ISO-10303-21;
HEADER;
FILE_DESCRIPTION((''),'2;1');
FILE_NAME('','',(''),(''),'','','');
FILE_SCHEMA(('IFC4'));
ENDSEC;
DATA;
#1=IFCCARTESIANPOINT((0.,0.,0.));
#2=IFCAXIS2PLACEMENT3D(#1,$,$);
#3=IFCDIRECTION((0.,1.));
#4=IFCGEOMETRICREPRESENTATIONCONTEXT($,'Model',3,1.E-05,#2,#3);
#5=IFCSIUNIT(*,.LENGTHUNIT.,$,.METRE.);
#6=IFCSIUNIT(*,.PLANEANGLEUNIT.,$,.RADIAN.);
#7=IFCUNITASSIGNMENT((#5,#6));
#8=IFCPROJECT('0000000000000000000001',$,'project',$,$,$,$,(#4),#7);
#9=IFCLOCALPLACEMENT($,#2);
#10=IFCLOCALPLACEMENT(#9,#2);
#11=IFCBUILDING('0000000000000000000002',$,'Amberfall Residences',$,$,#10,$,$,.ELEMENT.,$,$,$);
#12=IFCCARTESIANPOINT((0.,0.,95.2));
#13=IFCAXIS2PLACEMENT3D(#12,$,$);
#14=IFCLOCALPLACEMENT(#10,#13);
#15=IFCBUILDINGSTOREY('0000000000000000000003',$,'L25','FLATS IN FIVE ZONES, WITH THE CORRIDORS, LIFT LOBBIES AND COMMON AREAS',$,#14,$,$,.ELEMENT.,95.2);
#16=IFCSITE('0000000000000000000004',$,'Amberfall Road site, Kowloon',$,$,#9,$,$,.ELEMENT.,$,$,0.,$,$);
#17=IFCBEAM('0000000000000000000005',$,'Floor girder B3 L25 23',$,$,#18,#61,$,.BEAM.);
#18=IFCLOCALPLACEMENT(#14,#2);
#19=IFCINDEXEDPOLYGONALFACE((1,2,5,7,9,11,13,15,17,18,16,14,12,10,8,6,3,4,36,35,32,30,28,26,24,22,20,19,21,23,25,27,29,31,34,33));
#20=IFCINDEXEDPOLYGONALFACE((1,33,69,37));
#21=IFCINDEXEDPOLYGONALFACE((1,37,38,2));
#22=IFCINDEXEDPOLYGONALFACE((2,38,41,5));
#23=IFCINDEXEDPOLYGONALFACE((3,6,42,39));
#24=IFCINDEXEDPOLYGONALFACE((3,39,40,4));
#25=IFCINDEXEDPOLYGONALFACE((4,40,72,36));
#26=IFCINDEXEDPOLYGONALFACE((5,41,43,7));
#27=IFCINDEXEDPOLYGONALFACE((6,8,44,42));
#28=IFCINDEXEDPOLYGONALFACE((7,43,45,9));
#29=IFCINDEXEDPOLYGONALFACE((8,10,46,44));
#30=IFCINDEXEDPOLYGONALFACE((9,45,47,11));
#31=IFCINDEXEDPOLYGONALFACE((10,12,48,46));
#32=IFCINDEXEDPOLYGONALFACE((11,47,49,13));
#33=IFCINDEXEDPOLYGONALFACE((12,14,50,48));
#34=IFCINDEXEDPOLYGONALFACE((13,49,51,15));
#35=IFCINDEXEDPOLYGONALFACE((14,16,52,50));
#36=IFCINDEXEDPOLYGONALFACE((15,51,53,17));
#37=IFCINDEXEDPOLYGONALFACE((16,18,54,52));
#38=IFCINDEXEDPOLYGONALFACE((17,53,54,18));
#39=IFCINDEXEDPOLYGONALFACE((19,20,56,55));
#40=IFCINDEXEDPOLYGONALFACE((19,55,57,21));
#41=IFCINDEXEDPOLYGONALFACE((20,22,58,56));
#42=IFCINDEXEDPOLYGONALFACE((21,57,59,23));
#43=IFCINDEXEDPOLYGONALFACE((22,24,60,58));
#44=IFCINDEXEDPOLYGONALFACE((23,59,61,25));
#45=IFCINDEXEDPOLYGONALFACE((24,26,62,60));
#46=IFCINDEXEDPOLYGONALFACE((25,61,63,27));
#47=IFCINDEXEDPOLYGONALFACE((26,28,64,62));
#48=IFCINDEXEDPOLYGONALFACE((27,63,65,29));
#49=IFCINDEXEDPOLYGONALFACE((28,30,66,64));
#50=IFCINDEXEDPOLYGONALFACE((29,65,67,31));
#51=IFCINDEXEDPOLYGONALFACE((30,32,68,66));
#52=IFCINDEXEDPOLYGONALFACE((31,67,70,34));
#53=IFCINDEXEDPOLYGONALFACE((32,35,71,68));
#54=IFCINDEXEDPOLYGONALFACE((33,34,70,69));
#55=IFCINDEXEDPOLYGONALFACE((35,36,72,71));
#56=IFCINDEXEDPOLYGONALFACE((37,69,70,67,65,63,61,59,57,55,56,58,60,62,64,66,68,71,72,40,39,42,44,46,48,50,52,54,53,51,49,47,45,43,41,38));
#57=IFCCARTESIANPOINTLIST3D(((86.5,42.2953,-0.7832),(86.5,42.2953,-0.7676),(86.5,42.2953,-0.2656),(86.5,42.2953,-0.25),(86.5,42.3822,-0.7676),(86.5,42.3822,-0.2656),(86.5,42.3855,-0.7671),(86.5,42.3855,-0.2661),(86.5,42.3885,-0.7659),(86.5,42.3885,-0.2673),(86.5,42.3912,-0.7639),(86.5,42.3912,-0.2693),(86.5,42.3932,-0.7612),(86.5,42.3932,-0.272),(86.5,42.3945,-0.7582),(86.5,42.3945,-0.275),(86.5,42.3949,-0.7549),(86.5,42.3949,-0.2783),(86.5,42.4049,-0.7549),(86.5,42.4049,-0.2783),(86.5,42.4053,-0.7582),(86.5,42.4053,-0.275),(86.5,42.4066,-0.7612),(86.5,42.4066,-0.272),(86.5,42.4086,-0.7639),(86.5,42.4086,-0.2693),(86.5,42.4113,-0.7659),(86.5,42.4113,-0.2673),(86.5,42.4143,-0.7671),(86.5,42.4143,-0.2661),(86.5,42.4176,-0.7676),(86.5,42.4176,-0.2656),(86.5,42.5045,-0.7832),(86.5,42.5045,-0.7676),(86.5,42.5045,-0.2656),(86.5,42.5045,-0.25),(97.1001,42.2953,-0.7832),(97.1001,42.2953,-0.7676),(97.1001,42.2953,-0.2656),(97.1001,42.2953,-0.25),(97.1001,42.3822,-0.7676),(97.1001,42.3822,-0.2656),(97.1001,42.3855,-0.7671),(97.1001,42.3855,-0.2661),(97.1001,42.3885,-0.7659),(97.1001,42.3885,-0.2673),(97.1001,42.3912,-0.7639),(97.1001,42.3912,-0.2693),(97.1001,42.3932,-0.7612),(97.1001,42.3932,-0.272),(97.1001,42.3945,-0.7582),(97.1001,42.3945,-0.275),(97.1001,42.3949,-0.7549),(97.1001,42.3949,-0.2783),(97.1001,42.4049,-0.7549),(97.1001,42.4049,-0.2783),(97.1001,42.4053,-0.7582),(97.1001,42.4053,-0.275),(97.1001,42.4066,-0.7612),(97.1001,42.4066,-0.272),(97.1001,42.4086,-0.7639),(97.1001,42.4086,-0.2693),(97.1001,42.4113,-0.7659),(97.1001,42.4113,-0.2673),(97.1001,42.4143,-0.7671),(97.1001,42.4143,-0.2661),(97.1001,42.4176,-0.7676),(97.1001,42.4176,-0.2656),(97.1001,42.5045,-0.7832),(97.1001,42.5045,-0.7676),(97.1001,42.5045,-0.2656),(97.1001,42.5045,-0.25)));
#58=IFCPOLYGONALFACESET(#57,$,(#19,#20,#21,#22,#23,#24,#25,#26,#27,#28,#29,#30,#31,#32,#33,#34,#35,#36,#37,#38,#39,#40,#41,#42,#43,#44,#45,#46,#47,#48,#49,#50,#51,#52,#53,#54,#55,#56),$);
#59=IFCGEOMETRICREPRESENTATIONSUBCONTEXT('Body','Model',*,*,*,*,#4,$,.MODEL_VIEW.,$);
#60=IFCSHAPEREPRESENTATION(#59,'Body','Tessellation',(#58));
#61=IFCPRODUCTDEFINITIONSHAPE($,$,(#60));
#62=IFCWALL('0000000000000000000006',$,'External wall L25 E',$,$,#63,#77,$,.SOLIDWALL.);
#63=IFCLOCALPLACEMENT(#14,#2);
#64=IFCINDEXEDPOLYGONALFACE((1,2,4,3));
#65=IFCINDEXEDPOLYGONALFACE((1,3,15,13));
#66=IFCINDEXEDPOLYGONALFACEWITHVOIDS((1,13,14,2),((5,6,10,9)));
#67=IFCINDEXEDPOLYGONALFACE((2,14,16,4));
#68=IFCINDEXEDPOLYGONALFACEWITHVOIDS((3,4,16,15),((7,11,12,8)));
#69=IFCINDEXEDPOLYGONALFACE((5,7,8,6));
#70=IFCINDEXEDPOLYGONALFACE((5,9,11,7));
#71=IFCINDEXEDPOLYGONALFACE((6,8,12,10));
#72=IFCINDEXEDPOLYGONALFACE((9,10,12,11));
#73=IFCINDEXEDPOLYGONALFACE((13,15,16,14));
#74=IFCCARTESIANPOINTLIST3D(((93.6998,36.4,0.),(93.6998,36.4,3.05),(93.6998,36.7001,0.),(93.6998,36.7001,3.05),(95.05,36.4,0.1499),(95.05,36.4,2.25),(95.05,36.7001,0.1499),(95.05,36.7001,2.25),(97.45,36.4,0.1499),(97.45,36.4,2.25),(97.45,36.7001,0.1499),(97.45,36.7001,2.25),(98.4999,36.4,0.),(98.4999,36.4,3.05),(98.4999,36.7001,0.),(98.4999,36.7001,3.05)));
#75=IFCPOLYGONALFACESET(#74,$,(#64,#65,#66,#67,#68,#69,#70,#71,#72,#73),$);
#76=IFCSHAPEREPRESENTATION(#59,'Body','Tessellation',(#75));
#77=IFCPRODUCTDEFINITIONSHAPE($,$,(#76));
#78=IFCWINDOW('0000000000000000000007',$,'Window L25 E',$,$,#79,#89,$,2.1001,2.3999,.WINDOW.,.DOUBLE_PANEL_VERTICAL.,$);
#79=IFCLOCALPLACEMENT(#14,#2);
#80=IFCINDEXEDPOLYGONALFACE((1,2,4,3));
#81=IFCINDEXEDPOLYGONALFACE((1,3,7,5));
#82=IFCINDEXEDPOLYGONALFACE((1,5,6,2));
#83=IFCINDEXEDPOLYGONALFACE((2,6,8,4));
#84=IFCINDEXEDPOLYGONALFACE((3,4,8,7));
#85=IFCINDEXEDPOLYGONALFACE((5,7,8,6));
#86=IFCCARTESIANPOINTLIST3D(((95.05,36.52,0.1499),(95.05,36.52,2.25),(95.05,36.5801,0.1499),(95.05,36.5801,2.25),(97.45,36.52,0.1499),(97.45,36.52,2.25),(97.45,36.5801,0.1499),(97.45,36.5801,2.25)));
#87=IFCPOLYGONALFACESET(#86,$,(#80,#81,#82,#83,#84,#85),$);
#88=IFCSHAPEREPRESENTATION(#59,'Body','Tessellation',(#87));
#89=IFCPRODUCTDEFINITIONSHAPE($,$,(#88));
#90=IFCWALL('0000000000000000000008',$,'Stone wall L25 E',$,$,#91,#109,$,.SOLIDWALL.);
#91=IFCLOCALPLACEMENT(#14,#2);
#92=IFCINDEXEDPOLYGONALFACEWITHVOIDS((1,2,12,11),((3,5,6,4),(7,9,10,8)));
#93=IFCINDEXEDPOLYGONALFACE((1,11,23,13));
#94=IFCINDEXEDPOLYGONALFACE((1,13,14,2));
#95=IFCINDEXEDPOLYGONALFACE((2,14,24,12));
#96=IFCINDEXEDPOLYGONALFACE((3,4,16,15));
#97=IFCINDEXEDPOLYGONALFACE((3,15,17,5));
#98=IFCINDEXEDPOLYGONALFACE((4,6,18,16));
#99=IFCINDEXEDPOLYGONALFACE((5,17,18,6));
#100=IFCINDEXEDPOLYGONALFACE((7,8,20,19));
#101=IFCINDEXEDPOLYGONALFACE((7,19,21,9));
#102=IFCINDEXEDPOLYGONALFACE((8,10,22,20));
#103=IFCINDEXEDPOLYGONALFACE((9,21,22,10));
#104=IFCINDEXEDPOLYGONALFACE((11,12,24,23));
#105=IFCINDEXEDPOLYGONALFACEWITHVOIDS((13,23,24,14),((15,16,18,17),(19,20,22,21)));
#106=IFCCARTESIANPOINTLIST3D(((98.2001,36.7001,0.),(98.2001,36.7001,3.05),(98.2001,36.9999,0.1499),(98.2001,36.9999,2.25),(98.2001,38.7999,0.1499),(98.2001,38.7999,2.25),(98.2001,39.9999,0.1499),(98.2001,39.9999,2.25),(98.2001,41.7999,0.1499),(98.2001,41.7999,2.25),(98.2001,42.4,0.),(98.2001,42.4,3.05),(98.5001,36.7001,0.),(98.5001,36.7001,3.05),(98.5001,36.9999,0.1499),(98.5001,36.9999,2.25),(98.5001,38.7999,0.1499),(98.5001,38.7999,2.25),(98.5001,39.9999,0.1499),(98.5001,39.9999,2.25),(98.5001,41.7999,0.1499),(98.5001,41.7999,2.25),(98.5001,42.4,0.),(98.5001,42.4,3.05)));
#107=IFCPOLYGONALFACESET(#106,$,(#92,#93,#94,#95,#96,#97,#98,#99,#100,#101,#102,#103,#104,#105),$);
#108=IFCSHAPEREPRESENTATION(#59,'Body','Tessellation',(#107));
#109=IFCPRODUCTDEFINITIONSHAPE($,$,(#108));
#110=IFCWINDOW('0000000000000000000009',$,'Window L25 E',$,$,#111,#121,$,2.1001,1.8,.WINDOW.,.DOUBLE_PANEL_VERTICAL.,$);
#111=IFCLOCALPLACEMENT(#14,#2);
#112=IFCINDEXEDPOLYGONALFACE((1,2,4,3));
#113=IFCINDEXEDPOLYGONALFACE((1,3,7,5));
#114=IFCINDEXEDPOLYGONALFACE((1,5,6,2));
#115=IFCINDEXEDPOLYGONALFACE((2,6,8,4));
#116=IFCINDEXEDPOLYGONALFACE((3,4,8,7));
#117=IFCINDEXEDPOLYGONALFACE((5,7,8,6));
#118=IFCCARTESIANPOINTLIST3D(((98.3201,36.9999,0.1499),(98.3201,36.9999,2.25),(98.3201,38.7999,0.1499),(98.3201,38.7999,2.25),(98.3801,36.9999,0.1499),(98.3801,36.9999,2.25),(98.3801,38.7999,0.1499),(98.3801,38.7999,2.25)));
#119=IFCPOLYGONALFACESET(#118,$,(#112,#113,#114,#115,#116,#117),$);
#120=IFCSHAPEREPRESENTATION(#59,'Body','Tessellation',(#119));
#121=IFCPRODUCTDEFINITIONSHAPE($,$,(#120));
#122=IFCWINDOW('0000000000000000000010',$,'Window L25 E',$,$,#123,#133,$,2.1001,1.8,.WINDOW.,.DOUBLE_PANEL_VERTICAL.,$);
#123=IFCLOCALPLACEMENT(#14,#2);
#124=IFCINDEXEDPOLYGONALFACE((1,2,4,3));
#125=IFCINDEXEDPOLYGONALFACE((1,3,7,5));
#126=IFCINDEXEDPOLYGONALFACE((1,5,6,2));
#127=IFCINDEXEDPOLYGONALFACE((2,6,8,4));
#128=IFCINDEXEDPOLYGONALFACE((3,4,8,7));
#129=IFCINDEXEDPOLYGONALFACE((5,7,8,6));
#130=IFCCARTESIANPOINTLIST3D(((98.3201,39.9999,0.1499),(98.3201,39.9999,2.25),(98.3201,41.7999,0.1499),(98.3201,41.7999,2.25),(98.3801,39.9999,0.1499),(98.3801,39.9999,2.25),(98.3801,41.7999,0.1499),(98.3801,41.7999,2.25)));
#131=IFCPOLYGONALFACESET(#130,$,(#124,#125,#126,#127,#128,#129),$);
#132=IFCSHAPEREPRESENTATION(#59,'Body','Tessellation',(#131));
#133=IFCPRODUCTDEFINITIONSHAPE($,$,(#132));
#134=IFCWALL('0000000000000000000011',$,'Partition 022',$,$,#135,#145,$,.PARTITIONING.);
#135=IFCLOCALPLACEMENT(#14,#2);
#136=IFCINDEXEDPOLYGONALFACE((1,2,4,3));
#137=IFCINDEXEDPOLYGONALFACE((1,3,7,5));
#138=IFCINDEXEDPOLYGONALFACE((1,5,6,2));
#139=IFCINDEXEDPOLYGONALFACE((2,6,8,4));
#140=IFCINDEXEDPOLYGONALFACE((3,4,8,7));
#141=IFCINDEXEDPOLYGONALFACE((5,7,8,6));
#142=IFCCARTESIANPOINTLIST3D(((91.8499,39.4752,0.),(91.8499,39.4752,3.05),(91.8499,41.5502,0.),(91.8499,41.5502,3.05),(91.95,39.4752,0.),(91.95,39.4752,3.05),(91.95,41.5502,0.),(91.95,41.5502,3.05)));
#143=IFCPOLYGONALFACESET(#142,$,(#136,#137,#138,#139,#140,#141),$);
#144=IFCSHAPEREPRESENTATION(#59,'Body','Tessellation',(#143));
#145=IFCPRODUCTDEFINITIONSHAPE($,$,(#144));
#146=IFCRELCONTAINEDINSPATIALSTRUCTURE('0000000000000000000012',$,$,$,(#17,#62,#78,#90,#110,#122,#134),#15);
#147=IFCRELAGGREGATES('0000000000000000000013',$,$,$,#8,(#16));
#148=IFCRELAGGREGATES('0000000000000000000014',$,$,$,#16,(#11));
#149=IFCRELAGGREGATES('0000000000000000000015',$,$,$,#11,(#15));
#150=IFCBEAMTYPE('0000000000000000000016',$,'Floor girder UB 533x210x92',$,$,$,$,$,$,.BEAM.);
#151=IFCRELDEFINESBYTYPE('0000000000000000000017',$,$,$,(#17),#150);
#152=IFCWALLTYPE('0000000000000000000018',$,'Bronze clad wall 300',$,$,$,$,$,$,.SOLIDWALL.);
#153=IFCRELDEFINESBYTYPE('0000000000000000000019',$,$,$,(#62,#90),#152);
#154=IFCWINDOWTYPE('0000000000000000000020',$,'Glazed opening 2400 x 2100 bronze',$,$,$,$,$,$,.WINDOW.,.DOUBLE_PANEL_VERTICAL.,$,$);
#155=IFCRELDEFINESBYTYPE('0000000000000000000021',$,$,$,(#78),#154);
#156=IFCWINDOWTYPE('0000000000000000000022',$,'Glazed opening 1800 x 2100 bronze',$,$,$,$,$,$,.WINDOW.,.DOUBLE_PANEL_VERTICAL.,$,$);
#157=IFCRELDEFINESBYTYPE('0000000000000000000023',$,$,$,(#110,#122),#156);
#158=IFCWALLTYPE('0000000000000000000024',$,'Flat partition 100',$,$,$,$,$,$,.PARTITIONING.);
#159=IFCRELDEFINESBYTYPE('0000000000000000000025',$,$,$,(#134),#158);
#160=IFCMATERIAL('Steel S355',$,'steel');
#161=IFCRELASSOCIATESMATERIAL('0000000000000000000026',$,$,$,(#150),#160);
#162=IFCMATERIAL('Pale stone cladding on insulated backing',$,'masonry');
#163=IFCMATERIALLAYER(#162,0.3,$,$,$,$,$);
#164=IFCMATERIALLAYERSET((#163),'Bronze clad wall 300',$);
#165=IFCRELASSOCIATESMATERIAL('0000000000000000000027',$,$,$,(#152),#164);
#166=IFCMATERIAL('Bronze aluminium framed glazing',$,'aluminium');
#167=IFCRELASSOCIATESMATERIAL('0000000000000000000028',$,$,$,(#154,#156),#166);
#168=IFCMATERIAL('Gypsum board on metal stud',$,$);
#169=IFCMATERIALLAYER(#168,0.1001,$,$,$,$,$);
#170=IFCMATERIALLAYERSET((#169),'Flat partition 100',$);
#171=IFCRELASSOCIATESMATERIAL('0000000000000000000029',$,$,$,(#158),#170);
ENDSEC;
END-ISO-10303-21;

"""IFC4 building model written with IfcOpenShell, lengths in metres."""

from ifc_helpers import new_model, si_unit, direction, frame, frame_2d, origin, origin_2d, place, context, subcontext, project, spatial, rectangle, i_section, extrude, material, layer, layer_set, material_profile, profile_set, type_object, element, fill, save


model = new_model("IFC4")

# Units and contexts
model_context = context("Model", 3, precision=1e-05, world=origin(), true_north=direction((0.0, 1.0)))
body_context = subcontext(model_context, "Body", "Model", "MODEL_VIEW")
ifc_project = project(units=[si_unit("LENGTHUNIT", "METRE"), si_unit("PLANEANGLEUNIT", "RADIAN")], contexts=[model_context])

# Site, building, storey
site_placement = place(None, origin())
site = spatial("IfcSite", under=ifc_project, at=site_placement, Name="Amberfall Road site, Kowloon", CompositionType="ELEMENT", RefElevation=0.0)
building_placement = place(site_placement, origin())
building = spatial("IfcBuilding", under=site, at=building_placement, Name="Amberfall Residences", CompositionType="ELEMENT")
storey_placement = place(building_placement, frame((0.0, 0.0, 95.2)))
storey = spatial("IfcBuildingStorey", under=building, at=storey_placement, Name="L25", Description="FLATS IN FIVE ZONES, WITH THE CORRIDORS, LIFT LOBBIES AND COMMON AREAS", CompositionType="ELEMENT", Elevation=95.2)

# Beam
ifc_material_1 = material(Name="Steel S355", Category="steel")
ifc_material_profile_1 = material_profile(ifc_material_1, i_section(OverallWidth=0.2092, OverallDepth=0.5332, WebThickness=0.01, FlangeThickness=0.0156, FilletRadius=0.0127, at=origin_2d()), Name="UB 533x210x92")
ifc_profile_set_1 = profile_set([ifc_material_profile_1], Name="Steel S355")
beam_type_1 = type_object("IfcBeamType", Name="Floor girder UB 533x210x92", PredefinedType="BEAM", material=ifc_profile_set_1)
beam_1_placement = place(storey_placement, frame((97.1001, 42.3999, -0.5166), z_axis=(-1.0, 0.0, 0.0), x_axis=(0.0, -1.0, 0.0)))
element("IfcBeam", 1, at=beam_1_placement, inside=storey, type_object=beam_type_1, Name="Floor girder B3 L25 23", PredefinedType="BEAM", context=body_context, shape_type="SweptSolid", body=[
    extrude(i_section(OverallWidth=0.2092, OverallDepth=0.5332, WebThickness=0.01, FlangeThickness=0.0156, FilletRadius=0.0127, at=origin_2d()), origin(), (0.0, 0.0, 1.0), 10.6001),
])

# Wall, opening, window
ifc_material_2 = material(Name="Pale stone cladding on insulated backing", Category="masonry")
ifc_layer_1 = layer(ifc_material_2, 0.3)
ifc_layer_set_1 = layer_set([ifc_layer_1], Name="Bronze clad wall 300")
wall_type_1 = type_object("IfcWallType", Name="Bronze clad wall 300", PredefinedType="SOLIDWALL", material=ifc_layer_set_1)
wall_1_placement = place(storey_placement, frame((93.7, 36.55, 0.0), z_axis=(0.0, 0.0, 1.0), x_axis=(1.0, 0.0, 0.0)))
wall_1 = element("IfcWall", 2, at=wall_1_placement, inside=storey, type_object=wall_type_1, Name="External wall L25 E", PredefinedType="SOLIDWALL", context=body_context, shape_type="SweptSolid", body=[
    extrude(rectangle(XDim=4.8, YDim=0.3, at=frame_2d((2.3999, 0.0))), origin(), (0.0, 0.0, 1.0), 3.05),
])
opening_1_placement = place(wall_1_placement, frame((1.3501, 0.0, 0.1499)))
opening_1 = element("IfcOpeningElement", 3, at=opening_1_placement, cuts=wall_1, PredefinedType="OPENING", context=body_context, shape_type="SweptSolid", body=[
    extrude(rectangle(XDim=2.3999, YDim=2.1001, at=frame_2d((1.2, 1.05))), frame((0.0, 0.1599, 0.0), z_axis=(0.0, -1.0, 0.0), x_axis=(1.0, 0.0, 0.0)), (0.0, 0.0, 1.0), 0.3201),
])
ifc_material_3 = material(Name="Bronze aluminium framed glazing", Category="aluminium")
window_type_1 = type_object("IfcWindowType", Name="Glazed opening 2400 x 2100 bronze", PartitioningType="DOUBLE_PANEL_VERTICAL", PredefinedType="WINDOW", material=ifc_material_3)
window_1_placement = place(opening_1_placement, origin())
window_1 = element("IfcWindow", 4, at=window_1_placement, inside=storey, type_object=window_type_1, Name="Window L25 E", OverallHeight=2.1001, OverallWidth=2.3999, PartitioningType="DOUBLE_PANEL_VERTICAL", PredefinedType="WINDOW", context=body_context, shape_type="SweptSolid", body=[
    extrude(rectangle(XDim=2.3999, YDim=2.1001, at=frame_2d((1.2, 1.05))), frame((0.0, 0.03, 0.0), z_axis=(0.0, -1.0, 0.0), x_axis=(1.0, 0.0, 0.0)), (0.0, 0.0, 1.0), 0.0601),
])
fill(opening_1, window_1)

# Wall, openings, windows
wall_2_placement = place(storey_placement, frame((98.3501, 36.7, 0.0), z_axis=(0.0, 0.0, 1.0), x_axis=(0.0, 1.0, 0.0)))
wall_2 = element("IfcWall", 5, at=wall_2_placement, inside=storey, type_object=wall_type_1, Name="Stone wall L25 E", PredefinedType="SOLIDWALL", context=body_context, shape_type="SweptSolid", body=[
    extrude(rectangle(XDim=5.7, YDim=0.3, at=frame_2d((2.8501, 0.0))), origin(), (0.0, 0.0, 1.0), 3.05),
])
opening_2_placement = place(wall_2_placement, frame((0.3, 0.0, 0.1499)))
opening_2 = element("IfcOpeningElement", 6, at=opening_2_placement, cuts=wall_2, PredefinedType="OPENING", context=body_context, shape_type="SweptSolid", body=[
    extrude(rectangle(XDim=1.8, YDim=2.1001, at=frame_2d((0.8999, 1.05))), frame((0.0, 0.1599, 0.0), z_axis=(0.0, -1.0, 0.0), x_axis=(1.0, 0.0, 0.0)), (0.0, 0.0, 1.0), 0.3201),
])
opening_3_placement = place(wall_2_placement, frame((3.3, 0.0, 0.1499)))
opening_3 = element("IfcOpeningElement", 7, at=opening_3_placement, cuts=wall_2, PredefinedType="OPENING", context=body_context, shape_type="SweptSolid", body=[
    extrude(rectangle(XDim=1.8, YDim=2.1001, at=frame_2d((0.8999, 1.05))), frame((0.0, 0.1599, 0.0), z_axis=(0.0, -1.0, 0.0), x_axis=(1.0, 0.0, 0.0)), (0.0, 0.0, 1.0), 0.3201),
])
window_type_2 = type_object("IfcWindowType", Name="Glazed opening 1800 x 2100 bronze", PartitioningType="DOUBLE_PANEL_VERTICAL", PredefinedType="WINDOW", material=ifc_material_3)
window_2_placement = place(opening_2_placement, origin())
window_2 = element("IfcWindow", 8, at=window_2_placement, inside=storey, type_object=window_type_2, Name="Window L25 E", OverallHeight=2.1001, OverallWidth=1.8, PartitioningType="DOUBLE_PANEL_VERTICAL", PredefinedType="WINDOW", context=body_context, shape_type="SweptSolid", body=[
    extrude(rectangle(XDim=1.8, YDim=2.1001, at=frame_2d((0.8999, 1.05))), frame((0.0, 0.03, 0.0), z_axis=(0.0, -1.0, 0.0), x_axis=(1.0, 0.0, 0.0)), (0.0, 0.0, 1.0), 0.0601),
])
fill(opening_2, window_2)
window_3_placement = place(opening_3_placement, origin())
window_3 = element("IfcWindow", 9, at=window_3_placement, inside=storey, type_object=window_type_2, Name="Window L25 E", OverallHeight=2.1001, OverallWidth=1.8, PartitioningType="DOUBLE_PANEL_VERTICAL", PredefinedType="WINDOW", context=body_context, shape_type="SweptSolid", body=[
    extrude(rectangle(XDim=1.8, YDim=2.1001, at=frame_2d((0.8999, 1.05))), frame((0.0, 0.03, 0.0), z_axis=(0.0, -1.0, 0.0), x_axis=(1.0, 0.0, 0.0)), (0.0, 0.0, 1.0), 0.0601),
])
fill(opening_3, window_3)

# Wall
ifc_material_4 = material(Name="Gypsum board on metal stud")
ifc_layer_2 = layer(ifc_material_4, 0.1001)
ifc_layer_set_2 = layer_set([ifc_layer_2], Name="Flat partition 100")
wall_type_2 = type_object("IfcWallType", Name="Flat partition 100", PredefinedType="PARTITIONING", material=ifc_layer_set_2)
wall_3_placement = place(storey_placement, frame((91.8999, 39.4751, 0.0), z_axis=(0.0, 0.0, 1.0), x_axis=(0.0, 1.0, 0.0)))
element("IfcWall", 10, at=wall_3_placement, inside=storey, type_object=wall_type_2, Name="Partition 022", PredefinedType="PARTITIONING", context=body_context, shape_type="SweptSolid", body=[
    extrude(rectangle(XDim=2.075, YDim=0.1001, at=frame_2d((1.0376, 0.0))), origin(), (0.0, 0.0, 1.0), 3.05),
])

save(model, "model.ifc")
